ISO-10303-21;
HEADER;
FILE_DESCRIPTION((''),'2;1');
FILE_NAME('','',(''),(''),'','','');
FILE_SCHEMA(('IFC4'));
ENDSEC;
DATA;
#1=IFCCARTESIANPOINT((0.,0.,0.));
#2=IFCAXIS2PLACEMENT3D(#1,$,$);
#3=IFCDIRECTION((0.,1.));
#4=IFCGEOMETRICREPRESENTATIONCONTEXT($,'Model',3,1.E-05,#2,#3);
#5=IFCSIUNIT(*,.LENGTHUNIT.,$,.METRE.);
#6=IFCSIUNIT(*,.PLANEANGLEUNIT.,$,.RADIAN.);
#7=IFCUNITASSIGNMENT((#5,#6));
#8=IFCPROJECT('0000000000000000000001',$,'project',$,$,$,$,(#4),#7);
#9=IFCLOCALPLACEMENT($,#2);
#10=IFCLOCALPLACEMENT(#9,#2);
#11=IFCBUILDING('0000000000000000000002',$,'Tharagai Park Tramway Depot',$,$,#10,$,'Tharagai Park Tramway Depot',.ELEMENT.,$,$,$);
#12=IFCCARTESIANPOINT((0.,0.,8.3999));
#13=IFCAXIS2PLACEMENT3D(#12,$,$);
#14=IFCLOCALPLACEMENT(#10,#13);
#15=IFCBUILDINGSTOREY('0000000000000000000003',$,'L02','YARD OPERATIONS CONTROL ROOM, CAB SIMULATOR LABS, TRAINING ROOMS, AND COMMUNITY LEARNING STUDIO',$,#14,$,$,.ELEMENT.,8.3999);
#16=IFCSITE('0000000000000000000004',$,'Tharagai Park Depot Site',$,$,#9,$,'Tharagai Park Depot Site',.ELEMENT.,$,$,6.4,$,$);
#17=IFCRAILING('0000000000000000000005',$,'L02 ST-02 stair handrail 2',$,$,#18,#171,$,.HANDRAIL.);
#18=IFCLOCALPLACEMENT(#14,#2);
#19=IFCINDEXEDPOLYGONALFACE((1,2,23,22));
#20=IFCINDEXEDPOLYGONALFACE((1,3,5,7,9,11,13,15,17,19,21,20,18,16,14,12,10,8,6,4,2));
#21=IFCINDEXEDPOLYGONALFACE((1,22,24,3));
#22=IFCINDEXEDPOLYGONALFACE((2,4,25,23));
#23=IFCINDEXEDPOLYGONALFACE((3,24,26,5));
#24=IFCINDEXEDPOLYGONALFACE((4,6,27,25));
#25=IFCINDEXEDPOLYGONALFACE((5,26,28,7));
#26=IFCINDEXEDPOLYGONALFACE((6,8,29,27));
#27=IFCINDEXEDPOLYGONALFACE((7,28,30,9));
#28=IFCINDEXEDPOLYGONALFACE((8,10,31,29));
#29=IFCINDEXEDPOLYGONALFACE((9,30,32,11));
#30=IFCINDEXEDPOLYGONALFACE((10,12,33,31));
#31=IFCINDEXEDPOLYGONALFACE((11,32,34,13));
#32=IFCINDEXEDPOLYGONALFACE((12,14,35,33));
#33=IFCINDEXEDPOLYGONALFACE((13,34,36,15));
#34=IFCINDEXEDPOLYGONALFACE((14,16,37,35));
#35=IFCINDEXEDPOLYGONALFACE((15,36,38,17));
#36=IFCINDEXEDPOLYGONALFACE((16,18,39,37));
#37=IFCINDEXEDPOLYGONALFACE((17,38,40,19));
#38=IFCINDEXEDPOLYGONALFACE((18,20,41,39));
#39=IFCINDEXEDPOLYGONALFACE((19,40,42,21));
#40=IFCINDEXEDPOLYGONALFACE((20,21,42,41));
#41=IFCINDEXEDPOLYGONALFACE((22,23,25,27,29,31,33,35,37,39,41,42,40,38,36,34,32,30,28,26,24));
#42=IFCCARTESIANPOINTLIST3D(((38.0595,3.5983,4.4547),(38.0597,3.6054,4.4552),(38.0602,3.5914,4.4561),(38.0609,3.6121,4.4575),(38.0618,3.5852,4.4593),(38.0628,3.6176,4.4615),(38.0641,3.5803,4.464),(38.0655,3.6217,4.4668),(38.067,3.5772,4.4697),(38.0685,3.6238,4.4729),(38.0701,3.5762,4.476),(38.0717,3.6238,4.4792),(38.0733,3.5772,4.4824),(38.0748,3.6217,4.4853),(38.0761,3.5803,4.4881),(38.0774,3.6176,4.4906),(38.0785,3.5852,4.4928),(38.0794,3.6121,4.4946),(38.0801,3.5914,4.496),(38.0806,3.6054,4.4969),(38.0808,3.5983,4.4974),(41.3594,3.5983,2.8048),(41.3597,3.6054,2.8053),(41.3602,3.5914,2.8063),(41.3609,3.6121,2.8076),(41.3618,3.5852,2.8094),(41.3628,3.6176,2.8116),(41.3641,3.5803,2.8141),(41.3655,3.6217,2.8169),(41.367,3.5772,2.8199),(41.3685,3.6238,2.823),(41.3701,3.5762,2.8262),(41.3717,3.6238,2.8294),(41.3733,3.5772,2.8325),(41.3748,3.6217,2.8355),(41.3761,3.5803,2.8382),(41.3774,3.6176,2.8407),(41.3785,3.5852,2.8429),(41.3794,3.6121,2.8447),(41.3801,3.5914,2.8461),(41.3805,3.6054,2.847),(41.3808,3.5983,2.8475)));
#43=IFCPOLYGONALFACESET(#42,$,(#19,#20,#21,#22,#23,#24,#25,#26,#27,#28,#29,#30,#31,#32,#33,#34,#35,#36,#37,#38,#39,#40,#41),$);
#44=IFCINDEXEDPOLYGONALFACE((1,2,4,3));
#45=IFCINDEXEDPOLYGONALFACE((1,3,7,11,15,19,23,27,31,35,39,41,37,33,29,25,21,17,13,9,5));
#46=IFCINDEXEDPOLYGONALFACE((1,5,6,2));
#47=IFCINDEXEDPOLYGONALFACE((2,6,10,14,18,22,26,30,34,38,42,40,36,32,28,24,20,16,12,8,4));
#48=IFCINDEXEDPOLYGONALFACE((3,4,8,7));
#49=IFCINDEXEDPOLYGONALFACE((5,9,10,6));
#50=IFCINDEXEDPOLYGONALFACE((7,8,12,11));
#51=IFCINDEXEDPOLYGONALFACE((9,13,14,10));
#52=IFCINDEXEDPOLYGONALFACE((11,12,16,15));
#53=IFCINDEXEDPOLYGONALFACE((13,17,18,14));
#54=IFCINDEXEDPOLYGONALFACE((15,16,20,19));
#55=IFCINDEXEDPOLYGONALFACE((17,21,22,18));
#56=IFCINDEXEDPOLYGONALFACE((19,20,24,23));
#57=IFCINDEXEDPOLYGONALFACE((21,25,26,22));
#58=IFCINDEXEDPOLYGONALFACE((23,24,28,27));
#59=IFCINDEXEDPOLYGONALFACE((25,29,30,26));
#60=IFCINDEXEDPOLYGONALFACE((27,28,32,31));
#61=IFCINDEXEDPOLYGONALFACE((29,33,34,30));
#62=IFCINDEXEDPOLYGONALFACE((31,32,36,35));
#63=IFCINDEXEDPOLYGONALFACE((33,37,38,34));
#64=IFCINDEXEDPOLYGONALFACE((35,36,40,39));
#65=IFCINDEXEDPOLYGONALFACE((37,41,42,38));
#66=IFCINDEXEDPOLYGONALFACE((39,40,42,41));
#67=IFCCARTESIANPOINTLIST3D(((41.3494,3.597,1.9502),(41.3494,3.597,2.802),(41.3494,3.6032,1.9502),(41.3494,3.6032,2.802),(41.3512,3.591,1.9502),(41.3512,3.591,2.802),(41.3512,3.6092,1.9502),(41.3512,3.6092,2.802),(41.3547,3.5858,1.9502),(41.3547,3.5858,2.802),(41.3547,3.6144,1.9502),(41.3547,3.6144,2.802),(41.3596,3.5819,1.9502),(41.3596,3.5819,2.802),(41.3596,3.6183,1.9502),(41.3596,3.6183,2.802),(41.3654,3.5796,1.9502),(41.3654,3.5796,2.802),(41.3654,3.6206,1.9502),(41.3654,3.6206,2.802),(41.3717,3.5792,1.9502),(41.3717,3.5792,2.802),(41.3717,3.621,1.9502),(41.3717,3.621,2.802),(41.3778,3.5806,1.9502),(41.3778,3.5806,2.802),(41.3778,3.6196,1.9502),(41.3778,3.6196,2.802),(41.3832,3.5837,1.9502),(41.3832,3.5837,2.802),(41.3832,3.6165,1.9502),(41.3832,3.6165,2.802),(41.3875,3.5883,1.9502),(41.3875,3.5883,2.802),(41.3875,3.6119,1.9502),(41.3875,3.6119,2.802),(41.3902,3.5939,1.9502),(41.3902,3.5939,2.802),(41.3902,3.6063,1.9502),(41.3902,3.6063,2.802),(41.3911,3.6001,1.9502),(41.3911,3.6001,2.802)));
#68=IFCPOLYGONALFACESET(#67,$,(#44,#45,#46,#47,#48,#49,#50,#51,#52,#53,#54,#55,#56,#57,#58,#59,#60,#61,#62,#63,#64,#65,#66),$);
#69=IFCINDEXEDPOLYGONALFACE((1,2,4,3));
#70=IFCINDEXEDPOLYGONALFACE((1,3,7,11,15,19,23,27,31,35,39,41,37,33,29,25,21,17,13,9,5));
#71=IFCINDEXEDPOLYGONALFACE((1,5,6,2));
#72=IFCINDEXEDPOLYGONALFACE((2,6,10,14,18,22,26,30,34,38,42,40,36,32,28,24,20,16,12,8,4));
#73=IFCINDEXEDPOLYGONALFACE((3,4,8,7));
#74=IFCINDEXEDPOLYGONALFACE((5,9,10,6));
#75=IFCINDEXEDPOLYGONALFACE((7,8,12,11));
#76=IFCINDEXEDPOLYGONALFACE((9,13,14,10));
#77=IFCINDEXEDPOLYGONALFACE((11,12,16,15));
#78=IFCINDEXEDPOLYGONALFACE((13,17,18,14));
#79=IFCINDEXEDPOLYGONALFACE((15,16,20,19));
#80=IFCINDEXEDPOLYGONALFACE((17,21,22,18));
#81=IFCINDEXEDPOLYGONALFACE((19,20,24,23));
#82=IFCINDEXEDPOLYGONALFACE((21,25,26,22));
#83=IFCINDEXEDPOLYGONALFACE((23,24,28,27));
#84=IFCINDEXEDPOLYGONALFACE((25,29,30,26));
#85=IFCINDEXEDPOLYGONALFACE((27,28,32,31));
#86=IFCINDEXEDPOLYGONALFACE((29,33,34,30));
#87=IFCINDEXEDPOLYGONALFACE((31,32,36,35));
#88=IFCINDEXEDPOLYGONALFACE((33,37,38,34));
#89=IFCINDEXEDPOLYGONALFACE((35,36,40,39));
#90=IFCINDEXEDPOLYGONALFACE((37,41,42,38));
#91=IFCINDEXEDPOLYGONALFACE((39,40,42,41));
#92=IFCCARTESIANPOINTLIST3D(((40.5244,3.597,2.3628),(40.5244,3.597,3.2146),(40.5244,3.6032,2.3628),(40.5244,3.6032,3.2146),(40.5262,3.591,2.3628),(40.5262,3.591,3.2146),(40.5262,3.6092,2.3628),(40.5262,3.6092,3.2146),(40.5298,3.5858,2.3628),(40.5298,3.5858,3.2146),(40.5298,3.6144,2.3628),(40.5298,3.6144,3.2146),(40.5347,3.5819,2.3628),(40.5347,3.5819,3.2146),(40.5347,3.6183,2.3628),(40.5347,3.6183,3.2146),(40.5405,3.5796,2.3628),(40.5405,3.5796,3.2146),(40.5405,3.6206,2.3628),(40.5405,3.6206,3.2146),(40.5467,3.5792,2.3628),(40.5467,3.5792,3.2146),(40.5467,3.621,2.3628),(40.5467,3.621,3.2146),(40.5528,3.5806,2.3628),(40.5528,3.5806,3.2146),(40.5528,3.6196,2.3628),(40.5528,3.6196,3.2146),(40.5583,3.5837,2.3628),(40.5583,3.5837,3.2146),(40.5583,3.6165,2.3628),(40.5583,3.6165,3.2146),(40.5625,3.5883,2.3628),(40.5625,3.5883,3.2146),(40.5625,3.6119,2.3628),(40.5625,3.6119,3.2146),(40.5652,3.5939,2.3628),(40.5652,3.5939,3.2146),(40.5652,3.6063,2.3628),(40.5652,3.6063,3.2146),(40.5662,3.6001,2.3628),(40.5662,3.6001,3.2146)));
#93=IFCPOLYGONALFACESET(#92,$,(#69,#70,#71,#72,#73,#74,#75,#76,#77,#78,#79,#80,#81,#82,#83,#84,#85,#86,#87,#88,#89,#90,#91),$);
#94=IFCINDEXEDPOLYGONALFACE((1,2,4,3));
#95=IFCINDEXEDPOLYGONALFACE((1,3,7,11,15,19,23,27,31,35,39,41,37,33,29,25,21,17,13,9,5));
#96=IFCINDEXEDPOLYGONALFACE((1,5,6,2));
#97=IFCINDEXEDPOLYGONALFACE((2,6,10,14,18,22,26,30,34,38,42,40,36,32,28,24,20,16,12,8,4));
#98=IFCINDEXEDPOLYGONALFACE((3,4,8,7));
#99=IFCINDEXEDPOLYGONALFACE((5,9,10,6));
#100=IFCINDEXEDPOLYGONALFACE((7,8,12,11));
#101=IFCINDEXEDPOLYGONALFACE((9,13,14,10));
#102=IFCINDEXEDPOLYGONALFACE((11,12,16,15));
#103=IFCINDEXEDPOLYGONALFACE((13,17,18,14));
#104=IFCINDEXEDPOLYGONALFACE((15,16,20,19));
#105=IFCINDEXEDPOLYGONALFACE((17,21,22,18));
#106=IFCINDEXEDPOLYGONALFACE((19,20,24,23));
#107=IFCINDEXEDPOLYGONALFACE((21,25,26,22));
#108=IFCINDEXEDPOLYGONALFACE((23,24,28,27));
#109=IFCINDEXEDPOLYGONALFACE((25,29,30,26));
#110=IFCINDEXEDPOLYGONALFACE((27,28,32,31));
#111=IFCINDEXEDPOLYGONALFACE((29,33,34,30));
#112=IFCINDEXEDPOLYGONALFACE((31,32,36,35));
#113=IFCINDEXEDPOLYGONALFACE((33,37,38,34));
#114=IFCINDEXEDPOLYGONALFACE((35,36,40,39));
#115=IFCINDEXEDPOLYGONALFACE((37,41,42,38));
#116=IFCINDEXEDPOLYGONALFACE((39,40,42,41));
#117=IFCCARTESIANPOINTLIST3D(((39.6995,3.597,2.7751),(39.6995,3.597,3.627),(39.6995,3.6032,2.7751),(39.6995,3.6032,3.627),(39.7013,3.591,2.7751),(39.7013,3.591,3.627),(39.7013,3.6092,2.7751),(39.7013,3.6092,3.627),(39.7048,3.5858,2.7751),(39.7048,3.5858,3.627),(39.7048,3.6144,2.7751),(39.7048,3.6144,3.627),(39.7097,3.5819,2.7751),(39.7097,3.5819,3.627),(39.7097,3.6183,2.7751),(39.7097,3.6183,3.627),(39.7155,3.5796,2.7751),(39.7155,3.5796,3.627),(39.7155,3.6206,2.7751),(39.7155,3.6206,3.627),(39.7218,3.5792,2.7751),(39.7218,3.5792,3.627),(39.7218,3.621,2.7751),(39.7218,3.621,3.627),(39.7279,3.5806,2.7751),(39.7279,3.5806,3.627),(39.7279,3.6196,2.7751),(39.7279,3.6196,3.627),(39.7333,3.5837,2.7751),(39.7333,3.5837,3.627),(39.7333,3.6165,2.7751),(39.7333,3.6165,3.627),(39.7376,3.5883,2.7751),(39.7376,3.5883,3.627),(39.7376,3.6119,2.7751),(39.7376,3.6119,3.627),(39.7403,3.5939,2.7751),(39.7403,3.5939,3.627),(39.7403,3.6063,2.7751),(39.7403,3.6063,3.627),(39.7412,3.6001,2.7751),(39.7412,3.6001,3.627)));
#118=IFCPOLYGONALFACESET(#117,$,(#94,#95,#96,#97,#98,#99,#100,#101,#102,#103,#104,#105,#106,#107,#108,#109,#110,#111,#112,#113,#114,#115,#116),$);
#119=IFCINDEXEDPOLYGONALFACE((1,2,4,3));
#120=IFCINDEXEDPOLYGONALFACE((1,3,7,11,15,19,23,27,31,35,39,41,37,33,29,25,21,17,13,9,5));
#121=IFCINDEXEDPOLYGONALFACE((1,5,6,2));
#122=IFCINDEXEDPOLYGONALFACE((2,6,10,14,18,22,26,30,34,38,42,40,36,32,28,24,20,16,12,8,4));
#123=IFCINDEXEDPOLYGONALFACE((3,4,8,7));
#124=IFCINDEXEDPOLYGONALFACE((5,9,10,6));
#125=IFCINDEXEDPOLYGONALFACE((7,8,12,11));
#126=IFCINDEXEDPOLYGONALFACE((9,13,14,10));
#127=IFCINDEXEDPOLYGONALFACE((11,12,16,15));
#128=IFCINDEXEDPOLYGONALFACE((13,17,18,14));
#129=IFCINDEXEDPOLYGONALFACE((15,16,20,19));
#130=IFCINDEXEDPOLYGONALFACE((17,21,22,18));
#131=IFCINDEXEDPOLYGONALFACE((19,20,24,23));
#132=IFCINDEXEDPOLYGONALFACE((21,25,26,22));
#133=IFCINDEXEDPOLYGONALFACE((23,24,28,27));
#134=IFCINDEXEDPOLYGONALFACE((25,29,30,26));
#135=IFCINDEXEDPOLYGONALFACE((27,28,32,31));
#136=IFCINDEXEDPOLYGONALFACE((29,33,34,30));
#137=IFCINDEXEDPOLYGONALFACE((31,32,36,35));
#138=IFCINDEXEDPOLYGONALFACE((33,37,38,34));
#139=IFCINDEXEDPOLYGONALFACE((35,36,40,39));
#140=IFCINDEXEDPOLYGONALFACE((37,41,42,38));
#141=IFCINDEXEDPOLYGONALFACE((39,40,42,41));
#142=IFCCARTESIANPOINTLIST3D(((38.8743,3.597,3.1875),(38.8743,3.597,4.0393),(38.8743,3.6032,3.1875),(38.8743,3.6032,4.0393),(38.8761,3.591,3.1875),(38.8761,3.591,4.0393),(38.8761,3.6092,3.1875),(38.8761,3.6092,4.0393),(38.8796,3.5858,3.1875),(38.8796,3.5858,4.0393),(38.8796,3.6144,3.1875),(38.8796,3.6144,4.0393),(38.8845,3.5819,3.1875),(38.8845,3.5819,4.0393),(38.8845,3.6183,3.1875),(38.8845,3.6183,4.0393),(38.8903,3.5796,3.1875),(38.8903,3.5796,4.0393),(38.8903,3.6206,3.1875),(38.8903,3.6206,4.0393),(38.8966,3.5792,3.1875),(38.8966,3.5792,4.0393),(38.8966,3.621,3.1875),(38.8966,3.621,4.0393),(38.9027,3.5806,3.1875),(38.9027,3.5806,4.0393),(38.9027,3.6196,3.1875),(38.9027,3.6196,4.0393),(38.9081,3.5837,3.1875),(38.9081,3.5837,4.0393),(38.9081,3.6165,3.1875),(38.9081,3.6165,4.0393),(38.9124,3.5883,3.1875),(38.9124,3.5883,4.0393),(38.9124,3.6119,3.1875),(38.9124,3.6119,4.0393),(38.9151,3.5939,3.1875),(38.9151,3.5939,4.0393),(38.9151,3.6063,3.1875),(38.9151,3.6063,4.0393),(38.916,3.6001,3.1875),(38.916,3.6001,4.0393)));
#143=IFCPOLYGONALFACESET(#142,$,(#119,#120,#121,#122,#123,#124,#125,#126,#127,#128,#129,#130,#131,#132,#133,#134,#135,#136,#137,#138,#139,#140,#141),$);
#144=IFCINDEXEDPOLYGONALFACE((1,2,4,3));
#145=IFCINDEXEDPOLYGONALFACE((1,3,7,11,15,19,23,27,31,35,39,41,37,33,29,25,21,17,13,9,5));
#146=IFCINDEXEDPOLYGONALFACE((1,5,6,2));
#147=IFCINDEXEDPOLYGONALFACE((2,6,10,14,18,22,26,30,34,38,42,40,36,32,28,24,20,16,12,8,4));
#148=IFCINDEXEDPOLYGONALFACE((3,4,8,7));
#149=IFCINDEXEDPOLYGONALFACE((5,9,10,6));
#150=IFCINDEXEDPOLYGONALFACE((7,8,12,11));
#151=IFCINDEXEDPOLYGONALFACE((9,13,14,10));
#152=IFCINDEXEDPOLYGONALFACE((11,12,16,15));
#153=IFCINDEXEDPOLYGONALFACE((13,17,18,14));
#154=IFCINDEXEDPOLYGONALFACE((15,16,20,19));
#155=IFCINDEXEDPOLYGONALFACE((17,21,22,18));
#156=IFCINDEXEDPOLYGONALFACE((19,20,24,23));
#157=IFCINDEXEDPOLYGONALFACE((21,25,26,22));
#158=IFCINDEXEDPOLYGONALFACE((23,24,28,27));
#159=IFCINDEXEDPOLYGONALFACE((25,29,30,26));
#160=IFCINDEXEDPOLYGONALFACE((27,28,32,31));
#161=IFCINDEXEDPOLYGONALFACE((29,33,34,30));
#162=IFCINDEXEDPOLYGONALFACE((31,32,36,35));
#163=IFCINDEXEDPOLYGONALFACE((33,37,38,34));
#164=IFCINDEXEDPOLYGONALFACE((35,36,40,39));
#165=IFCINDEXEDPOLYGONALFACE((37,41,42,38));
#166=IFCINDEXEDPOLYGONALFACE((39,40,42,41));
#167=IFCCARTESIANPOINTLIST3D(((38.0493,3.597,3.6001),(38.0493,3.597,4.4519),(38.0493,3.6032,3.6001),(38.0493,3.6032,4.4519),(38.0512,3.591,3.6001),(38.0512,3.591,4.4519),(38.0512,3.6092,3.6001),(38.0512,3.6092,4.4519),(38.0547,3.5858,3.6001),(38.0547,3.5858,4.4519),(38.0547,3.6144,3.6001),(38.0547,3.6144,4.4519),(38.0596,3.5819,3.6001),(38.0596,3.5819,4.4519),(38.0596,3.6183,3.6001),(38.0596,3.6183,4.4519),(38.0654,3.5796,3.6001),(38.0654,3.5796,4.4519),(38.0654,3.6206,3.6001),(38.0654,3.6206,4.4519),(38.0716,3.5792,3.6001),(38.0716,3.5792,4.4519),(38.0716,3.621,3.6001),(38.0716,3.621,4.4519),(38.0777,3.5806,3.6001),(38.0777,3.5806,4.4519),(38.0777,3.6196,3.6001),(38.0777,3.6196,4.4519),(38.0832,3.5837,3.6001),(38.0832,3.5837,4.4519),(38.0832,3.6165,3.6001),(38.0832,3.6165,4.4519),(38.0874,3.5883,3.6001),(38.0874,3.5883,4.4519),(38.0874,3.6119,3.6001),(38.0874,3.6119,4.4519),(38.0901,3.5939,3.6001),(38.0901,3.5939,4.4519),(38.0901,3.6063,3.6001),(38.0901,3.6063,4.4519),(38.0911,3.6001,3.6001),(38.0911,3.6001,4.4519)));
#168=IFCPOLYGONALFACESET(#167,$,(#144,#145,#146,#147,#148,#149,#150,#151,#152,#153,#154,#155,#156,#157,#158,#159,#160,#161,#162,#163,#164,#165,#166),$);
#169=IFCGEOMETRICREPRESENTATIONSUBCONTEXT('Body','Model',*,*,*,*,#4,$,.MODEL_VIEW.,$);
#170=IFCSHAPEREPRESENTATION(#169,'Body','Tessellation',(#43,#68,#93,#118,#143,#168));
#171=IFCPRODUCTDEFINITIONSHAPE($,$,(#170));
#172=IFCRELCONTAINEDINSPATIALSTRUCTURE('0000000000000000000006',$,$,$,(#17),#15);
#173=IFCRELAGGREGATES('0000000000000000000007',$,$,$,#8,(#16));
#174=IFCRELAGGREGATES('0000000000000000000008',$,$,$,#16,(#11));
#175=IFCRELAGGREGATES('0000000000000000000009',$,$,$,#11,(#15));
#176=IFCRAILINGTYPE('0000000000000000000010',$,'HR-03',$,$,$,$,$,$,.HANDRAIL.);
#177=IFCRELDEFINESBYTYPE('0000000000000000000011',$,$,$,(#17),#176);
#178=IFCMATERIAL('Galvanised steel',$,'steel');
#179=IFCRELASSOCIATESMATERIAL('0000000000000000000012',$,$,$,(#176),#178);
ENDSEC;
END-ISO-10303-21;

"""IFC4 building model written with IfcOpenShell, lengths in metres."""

from ifc_helpers import new_model, si_unit, direction, frame, origin, origin_2d, place, context, subcontext, project, spatial, circle, extrude, material, type_object, element, save


model = new_model("IFC4")

# Units and contexts
model_context = context("Model", 3, precision=1e-05, world=origin(), true_north=direction((0.0, 1.0)))
body_context = subcontext(model_context, "Body", "Model", "MODEL_VIEW")
ifc_project = project(units=[si_unit("LENGTHUNIT", "METRE"), si_unit("PLANEANGLEUNIT", "RADIAN")], contexts=[model_context])

# Site, building, storey
site_placement = place(None, origin())
site = spatial("IfcSite", under=ifc_project, at=site_placement, Name="Tharagai Park Depot Site", LongName="Tharagai Park Depot Site", CompositionType="ELEMENT", RefElevation=6.4)
building_placement = place(site_placement, origin())
building = spatial("IfcBuilding", under=site, at=building_placement, Name="Tharagai Park Tramway Depot", LongName="Tharagai Park Tramway Depot", CompositionType="ELEMENT")
storey_placement = place(building_placement, frame((0.0, 0.0, 8.3999)))
storey = spatial("IfcBuildingStorey", under=building, at=storey_placement, Name="L02", Description="YARD OPERATIONS CONTROL ROOM, CAB SIMULATOR LABS, TRAINING ROOMS, AND COMMUNITY LEARNING STUDIO", CompositionType="ELEMENT", Elevation=8.3999)

# Railing
ifc_material_1 = material(Name="Galvanised steel", Category="steel")
railing_type_1 = type_object("IfcRailingType", Name="HR-03", PredefinedType="HANDRAIL", material=ifc_material_1)
railing_1_placement = place(storey_placement, frame((41.3701, 3.6001, 1.9502)))
element("IfcRailing", 1, at=railing_1_placement, inside=storey, type_object=railing_type_1, Name="L02 ST-02 stair handrail 2", PredefinedType="HANDRAIL", context=body_context, shape_type="SweptSolid", body=[
    extrude(circle(Radius=0.0239, at=origin_2d()), frame((0.0, 0.0, 0.876), z_axis=(-0.89444, 0.0, 0.447187), x_axis=(0.0, -1.0, 0.0)), (0.0, 0.0, 1.0), 3.6895),
    extrude(circle(Radius=0.021, at=origin_2d()), origin(), (0.0, 0.0, 1.0), 0.8518),
    extrude(circle(Radius=0.021, at=origin_2d()), frame((-0.825, 0.0, 0.4126)), (0.0, 0.0, 1.0), 0.8518),
    extrude(circle(Radius=0.021, at=origin_2d()), frame((-1.6499, 0.0, 0.825)), (0.0, 0.0, 1.0), 0.8518),
    extrude(circle(Radius=0.021, at=origin_2d()), frame((-2.4751, 0.0, 1.2373)), (0.0, 0.0, 1.0), 0.8518),
    extrude(circle(Radius=0.021, at=origin_2d()), frame((-3.3, 0.0, 1.6499)), (0.0, 0.0, 1.0), 0.8518),
])

save(model, "model.ifc")
